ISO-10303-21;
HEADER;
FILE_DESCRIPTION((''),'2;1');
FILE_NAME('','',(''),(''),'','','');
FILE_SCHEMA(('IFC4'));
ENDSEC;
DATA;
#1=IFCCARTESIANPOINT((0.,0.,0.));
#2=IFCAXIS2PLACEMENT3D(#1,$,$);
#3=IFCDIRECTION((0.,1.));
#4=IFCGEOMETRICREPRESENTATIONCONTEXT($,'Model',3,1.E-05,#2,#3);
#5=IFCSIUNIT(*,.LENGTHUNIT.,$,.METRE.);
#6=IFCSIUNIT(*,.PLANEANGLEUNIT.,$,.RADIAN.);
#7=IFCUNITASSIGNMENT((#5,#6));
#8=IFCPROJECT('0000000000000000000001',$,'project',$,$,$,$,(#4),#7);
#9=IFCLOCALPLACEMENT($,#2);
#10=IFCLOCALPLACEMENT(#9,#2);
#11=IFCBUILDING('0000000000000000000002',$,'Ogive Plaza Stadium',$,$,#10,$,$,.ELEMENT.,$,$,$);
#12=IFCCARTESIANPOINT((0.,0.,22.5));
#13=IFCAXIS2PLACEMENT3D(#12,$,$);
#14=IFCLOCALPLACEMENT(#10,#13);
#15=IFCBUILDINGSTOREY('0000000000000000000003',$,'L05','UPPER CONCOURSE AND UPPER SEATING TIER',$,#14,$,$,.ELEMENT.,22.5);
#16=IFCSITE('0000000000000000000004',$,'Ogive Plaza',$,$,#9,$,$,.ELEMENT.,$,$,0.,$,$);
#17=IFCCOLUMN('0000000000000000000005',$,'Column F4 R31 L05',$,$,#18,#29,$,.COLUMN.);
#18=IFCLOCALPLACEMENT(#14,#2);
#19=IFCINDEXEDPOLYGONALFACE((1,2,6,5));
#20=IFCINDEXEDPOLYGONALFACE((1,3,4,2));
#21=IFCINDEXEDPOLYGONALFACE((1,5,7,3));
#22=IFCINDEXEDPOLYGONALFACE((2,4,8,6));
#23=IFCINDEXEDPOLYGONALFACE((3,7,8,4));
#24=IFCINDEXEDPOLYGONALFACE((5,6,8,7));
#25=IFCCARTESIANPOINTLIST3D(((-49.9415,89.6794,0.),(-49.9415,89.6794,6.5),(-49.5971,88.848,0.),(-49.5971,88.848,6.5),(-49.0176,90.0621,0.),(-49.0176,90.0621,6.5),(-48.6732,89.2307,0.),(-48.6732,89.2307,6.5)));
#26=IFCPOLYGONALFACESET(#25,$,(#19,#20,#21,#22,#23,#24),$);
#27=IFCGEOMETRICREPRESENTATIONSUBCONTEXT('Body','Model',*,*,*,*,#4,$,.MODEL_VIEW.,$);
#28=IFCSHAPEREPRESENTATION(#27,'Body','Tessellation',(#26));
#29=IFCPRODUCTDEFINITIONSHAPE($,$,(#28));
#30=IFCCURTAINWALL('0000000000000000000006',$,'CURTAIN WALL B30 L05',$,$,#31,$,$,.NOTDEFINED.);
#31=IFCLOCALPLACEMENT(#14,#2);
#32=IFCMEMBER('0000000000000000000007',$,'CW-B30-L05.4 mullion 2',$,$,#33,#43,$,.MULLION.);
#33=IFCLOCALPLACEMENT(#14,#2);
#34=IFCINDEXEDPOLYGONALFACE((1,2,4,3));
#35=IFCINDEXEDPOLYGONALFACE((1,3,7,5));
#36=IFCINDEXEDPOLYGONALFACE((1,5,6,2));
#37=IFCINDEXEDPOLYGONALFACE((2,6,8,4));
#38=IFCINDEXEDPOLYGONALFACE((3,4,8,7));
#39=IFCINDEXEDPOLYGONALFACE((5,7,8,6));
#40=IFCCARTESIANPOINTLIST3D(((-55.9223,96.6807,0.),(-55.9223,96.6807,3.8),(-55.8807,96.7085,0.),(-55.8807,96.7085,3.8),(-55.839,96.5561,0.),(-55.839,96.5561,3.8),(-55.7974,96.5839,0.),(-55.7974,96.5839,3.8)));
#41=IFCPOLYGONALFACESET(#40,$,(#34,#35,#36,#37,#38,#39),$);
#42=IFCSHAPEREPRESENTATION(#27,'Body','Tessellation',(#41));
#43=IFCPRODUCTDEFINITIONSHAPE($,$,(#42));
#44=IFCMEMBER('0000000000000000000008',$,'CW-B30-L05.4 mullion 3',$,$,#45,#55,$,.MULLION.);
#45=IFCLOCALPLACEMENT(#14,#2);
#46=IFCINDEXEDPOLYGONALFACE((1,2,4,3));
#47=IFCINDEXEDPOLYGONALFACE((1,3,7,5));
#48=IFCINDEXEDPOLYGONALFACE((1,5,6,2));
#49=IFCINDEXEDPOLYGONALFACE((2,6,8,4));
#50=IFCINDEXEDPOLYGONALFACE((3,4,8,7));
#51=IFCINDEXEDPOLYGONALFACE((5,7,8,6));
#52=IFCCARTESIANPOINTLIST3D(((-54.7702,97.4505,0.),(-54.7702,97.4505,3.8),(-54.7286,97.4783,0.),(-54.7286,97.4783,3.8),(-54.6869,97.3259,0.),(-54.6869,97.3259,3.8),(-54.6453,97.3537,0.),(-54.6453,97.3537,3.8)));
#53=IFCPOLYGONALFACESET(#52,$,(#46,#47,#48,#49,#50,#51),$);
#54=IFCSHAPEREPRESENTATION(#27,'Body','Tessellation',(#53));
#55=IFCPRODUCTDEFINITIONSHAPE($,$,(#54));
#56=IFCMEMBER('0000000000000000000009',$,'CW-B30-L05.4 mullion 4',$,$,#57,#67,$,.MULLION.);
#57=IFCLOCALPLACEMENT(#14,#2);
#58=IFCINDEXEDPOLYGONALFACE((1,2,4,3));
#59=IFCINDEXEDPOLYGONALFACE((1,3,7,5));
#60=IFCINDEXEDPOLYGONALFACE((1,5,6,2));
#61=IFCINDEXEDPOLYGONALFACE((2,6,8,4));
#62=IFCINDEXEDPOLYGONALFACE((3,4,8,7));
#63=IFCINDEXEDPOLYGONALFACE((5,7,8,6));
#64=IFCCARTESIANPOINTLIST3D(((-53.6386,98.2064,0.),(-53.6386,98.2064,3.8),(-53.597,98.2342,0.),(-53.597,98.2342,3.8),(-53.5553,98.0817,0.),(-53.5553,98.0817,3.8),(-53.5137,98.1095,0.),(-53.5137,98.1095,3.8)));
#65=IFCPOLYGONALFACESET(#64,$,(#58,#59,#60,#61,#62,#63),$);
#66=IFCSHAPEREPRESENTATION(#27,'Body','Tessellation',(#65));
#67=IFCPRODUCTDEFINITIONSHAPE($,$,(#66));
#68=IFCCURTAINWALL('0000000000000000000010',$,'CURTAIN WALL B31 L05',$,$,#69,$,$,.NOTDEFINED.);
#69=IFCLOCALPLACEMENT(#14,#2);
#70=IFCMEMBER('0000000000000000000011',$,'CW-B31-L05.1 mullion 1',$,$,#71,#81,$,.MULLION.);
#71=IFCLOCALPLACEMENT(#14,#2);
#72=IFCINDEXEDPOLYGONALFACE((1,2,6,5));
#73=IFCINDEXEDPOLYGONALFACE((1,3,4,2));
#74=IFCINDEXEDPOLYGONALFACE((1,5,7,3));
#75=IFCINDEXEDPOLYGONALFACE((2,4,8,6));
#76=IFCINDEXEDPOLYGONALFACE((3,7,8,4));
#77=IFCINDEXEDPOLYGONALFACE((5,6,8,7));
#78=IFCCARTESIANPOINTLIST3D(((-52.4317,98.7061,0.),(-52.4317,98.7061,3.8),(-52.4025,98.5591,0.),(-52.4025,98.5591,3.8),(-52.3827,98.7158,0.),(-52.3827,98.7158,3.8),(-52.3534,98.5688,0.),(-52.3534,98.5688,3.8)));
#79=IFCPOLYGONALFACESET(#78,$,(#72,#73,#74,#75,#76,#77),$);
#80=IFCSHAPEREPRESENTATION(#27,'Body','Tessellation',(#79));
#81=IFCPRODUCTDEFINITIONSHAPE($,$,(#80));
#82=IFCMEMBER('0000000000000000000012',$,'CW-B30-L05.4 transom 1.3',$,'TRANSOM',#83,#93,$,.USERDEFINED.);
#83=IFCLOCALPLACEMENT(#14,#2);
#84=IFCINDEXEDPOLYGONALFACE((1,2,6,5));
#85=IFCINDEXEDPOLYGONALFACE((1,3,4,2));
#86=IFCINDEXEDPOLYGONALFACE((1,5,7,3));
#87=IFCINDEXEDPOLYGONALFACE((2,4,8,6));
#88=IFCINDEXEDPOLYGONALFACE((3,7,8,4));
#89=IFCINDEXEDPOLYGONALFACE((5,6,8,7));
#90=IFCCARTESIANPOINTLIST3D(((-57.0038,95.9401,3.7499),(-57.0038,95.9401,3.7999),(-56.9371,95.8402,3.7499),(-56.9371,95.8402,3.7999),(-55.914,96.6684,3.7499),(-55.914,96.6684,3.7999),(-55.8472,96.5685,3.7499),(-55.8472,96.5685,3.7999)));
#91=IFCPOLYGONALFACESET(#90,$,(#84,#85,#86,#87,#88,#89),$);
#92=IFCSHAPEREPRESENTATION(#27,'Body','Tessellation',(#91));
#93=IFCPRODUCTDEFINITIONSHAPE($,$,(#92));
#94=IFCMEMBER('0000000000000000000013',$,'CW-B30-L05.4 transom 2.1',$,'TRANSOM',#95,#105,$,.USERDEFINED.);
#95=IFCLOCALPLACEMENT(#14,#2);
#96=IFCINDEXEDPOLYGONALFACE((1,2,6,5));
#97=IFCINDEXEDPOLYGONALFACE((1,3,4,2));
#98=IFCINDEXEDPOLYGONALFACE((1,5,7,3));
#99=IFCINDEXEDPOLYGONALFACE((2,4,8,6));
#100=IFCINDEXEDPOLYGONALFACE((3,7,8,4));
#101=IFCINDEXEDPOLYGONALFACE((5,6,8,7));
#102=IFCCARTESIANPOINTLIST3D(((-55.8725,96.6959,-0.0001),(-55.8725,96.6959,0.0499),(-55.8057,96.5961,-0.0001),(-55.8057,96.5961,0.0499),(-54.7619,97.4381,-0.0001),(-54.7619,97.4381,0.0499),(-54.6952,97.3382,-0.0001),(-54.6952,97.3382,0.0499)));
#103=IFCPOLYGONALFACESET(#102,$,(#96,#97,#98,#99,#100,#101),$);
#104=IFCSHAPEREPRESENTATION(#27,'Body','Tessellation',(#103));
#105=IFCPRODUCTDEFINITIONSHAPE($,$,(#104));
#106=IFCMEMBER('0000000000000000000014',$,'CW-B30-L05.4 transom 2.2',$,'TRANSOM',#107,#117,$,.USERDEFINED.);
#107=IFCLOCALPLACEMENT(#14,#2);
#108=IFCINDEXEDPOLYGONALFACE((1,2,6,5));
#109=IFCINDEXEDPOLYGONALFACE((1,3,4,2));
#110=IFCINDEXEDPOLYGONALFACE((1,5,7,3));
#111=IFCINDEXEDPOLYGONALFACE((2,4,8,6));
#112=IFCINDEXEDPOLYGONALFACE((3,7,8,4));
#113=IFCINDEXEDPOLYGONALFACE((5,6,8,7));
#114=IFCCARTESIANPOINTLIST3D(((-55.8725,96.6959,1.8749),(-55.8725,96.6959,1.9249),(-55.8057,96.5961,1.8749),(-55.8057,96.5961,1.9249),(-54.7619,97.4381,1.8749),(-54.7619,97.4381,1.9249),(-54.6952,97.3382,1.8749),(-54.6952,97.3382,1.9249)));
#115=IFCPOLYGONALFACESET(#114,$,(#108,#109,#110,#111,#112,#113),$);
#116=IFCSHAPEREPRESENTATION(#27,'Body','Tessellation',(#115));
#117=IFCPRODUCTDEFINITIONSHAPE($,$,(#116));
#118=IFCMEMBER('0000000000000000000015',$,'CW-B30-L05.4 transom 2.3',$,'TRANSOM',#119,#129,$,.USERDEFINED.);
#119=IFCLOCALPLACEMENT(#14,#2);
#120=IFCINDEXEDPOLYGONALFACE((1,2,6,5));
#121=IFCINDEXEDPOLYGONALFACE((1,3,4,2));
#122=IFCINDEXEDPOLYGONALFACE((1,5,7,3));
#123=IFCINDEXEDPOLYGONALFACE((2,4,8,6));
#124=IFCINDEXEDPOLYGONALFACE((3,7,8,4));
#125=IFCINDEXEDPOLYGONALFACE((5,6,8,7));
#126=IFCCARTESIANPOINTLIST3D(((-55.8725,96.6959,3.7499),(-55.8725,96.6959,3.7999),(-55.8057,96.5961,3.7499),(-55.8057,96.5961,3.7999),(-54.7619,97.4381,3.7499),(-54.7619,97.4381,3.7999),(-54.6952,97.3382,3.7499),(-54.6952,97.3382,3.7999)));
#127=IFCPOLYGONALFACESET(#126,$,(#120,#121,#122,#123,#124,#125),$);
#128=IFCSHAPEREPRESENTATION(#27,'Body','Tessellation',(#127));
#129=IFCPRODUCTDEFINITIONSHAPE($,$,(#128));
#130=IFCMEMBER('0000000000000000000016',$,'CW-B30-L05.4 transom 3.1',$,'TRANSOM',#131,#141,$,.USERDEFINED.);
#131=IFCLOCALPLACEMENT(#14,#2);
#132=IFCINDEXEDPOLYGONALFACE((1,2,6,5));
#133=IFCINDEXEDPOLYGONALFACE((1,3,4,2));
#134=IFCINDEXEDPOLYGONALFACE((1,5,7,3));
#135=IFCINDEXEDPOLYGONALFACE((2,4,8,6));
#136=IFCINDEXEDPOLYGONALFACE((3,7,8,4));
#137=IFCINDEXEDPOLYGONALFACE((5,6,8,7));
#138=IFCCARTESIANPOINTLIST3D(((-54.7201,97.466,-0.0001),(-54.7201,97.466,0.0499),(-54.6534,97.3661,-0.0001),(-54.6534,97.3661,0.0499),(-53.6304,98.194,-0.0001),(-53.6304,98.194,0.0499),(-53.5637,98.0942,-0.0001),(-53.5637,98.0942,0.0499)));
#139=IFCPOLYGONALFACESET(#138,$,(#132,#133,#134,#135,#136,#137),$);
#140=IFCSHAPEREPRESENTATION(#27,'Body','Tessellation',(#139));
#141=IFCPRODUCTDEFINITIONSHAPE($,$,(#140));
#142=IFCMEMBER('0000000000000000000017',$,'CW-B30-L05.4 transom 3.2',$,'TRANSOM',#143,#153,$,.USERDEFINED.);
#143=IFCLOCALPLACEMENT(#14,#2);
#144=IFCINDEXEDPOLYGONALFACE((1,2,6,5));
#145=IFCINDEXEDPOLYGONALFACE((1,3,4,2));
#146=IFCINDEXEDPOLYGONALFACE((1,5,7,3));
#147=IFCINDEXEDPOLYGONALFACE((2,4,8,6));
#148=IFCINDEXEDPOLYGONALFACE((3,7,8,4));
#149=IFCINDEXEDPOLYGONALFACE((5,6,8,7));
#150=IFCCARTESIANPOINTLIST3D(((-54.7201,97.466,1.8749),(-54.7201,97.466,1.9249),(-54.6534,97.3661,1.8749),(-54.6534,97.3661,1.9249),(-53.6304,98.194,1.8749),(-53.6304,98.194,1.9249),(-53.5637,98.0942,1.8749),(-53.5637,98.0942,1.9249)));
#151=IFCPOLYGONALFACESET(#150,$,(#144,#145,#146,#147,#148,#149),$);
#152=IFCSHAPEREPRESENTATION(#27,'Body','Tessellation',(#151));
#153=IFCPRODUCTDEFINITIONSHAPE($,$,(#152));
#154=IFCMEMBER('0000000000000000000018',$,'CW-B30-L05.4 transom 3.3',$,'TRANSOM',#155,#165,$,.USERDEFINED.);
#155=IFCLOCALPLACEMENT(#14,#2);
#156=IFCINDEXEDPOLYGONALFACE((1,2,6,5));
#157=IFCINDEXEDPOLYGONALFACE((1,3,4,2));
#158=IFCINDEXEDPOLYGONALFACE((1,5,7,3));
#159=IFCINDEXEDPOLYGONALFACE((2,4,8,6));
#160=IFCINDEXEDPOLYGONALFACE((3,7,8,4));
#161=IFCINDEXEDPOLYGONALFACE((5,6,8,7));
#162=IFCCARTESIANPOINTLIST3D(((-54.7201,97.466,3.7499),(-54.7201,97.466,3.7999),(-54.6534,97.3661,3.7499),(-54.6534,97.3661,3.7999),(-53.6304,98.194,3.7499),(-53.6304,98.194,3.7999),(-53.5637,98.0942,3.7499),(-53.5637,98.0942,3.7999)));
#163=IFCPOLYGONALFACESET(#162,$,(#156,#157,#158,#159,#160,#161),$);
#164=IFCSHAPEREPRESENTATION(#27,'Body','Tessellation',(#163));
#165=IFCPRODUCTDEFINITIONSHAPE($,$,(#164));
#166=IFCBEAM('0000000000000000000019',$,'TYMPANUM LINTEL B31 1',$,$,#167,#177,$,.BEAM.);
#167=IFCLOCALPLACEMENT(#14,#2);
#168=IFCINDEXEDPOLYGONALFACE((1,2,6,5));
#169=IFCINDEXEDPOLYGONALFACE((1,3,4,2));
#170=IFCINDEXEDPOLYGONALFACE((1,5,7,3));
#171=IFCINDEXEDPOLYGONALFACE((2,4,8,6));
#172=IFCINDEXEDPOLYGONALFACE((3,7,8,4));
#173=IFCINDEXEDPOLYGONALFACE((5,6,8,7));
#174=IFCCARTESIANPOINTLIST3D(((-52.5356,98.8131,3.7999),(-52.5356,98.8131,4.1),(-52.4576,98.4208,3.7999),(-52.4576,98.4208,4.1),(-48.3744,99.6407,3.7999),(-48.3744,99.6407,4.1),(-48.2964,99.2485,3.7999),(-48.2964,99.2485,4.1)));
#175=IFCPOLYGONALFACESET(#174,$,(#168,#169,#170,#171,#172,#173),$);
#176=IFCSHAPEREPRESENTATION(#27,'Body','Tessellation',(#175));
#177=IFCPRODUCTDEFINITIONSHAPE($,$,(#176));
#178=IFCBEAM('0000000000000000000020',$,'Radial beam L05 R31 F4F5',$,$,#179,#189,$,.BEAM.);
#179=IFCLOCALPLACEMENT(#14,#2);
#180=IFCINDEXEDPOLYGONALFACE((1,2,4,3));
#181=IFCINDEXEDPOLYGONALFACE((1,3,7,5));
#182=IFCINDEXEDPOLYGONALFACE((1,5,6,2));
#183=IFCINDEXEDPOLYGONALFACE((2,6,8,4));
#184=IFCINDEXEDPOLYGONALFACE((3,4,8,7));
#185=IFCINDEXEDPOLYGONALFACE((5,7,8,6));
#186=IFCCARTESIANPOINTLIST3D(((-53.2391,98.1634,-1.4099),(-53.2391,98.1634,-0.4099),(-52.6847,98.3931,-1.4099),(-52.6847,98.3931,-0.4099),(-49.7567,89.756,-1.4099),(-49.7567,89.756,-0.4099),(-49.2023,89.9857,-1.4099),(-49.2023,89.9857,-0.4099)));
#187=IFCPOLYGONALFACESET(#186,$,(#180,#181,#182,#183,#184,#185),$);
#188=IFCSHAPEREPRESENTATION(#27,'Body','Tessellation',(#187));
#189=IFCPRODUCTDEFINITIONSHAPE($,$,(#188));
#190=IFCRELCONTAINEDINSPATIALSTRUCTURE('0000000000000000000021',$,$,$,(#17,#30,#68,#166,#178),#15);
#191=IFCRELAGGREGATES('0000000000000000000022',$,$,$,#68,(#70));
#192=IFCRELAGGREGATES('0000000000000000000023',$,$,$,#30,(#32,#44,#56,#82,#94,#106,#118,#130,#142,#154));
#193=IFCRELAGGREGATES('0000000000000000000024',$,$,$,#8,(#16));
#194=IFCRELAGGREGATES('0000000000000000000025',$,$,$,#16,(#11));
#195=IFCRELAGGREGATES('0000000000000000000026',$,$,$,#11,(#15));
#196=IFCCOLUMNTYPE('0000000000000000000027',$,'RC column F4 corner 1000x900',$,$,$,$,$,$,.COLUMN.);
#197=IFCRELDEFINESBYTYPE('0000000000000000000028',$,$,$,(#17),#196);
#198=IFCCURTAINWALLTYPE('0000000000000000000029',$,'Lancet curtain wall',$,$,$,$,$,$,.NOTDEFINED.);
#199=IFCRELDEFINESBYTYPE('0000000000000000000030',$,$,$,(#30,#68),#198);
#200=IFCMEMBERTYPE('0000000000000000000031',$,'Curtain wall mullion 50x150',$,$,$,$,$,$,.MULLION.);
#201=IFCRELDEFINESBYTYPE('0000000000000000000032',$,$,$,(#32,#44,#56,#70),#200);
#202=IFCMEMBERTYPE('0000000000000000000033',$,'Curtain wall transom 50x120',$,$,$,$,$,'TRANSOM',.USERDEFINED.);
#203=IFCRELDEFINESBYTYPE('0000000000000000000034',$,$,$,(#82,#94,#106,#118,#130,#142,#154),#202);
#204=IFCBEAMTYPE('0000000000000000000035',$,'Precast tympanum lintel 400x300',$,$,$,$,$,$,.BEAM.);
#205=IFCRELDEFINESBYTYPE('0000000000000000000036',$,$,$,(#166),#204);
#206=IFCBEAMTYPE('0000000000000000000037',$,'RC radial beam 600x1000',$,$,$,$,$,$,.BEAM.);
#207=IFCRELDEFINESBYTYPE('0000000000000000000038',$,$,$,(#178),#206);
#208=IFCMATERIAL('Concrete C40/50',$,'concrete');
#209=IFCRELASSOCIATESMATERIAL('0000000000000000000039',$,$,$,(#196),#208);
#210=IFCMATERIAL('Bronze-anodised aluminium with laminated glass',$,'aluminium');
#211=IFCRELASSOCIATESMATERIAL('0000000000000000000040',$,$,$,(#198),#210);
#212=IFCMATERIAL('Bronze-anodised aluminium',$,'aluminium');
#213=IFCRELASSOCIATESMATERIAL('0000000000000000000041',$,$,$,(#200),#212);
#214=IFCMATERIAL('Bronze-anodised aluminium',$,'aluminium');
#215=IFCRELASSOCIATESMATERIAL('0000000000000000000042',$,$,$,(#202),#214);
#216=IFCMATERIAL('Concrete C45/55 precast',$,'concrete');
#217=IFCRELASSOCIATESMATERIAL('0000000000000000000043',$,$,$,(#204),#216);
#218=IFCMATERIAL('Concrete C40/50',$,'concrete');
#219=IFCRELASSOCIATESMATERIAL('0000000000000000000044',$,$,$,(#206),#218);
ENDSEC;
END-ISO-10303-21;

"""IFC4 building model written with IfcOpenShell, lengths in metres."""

from ifc_helpers import new_model, si_unit, direction, frame, origin, origin_2d, place, context, subcontext, project, spatial, rectangle, extrude, material, material_profile, profile_set, type_object, element, aggregate, save


model = new_model("IFC4")

# Units and contexts
model_context = context("Model", 3, precision=1e-05, world=origin(), true_north=direction((0.0, 1.0)))
body_context = subcontext(model_context, "Body", "Model", "MODEL_VIEW")
ifc_project = project(units=[si_unit("LENGTHUNIT", "METRE"), si_unit("PLANEANGLEUNIT", "RADIAN")], contexts=[model_context])

# Site, building, storey
site_placement = place(None, origin())
site = spatial("IfcSite", under=ifc_project, at=site_placement, Name="Ogive Plaza", CompositionType="ELEMENT", RefElevation=0.0)
building_placement = place(site_placement, origin())
building = spatial("IfcBuilding", under=site, at=building_placement, Name="Ogive Plaza Stadium", CompositionType="ELEMENT")
storey_placement = place(building_placement, frame((0.0, 0.0, 22.5)))
storey = spatial("IfcBuildingStorey", under=building, at=storey_placement, Name="L05", Description="UPPER CONCOURSE AND UPPER SEATING TIER", CompositionType="ELEMENT", Elevation=22.5)

# Column
ifc_material_1 = material(Name="Concrete C40/50", Category="concrete")
ifc_material_profile_1 = material_profile(ifc_material_1, rectangle(XDim=1.0, YDim=0.8999, at=origin_2d()), Name="RC 1000x900")
ifc_profile_set_1 = profile_set([ifc_material_profile_1], Name="Concrete C40/50")
column_type = type_object("IfcColumnType", Name="RC column F4 corner 1000x900", PredefinedType="COLUMN", material=ifc_profile_set_1)
column_placement = place(storey_placement, frame((-49.3074, 89.4551, 0.0), z_axis=(0.0, 0.0, 1.0), x_axis=(-0.92388, -0.382683, 0.0)))
element("IfcColumn", 1, at=column_placement, inside=storey, type_object=column_type, Name="Column F4 R31 L05", PredefinedType="COLUMN", context=body_context, shape_type="SweptSolid", body=[
    extrude(rectangle(XDim=1.0, YDim=0.8999, at=origin_2d()), origin(), (0.0, 0.0, 1.0), 6.5),
])

# Curtain wall, members
ifc_material_2 = material(Name="Bronze-anodised aluminium with laminated glass", Category="aluminium")
curtain_wall_type = type_object("IfcCurtainWallType", Name="Lancet curtain wall", PredefinedType="NOTDEFINED", material=ifc_material_2)
curtain_wall_1_placement = place(storey_placement, origin())
curtain_wall_1 = element("IfcCurtainWall", 2, at=curtain_wall_1_placement, inside=storey, type_object=curtain_wall_type, Name="CURTAIN WALL B30 L05", PredefinedType="NOTDEFINED")
ifc_material_3 = material(Name="Bronze-anodised aluminium", Category="aluminium")
ifc_material_profile_2 = material_profile(ifc_material_3, rectangle(XDim=0.1499, YDim=0.05, at=origin_2d()), Name="AL 150x50")
ifc_profile_set_2 = profile_set([ifc_material_profile_2], Name="Bronze-anodised aluminium")
member_type_1 = type_object("IfcMemberType", Name="Curtain wall mullion 50x150", PredefinedType="MULLION", material=ifc_profile_set_2)
member_1_placement = place(storey_placement, frame((-55.8599, 96.6323, 0.0), z_axis=(0.0, 0.0, 1.0), x_axis=(-0.55557, 0.83147, 0.0)))
member_1 = element("IfcMember", 3, at=member_1_placement, type_object=member_type_1, Name="CW-B30-L05.4 mullion 2", PredefinedType="MULLION", context=body_context, shape_type="SweptSolid", body=[
    extrude(rectangle(XDim=0.1499, YDim=0.05, at=origin_2d()), origin(), (0.0, 0.0, 1.0), 3.8),
])
member_2_placement = place(storey_placement, frame((-54.7078, 97.4021, 0.0), z_axis=(0.0, 0.0, 1.0), x_axis=(-0.55557, 0.83147, 0.0)))
member_2 = element("IfcMember", 4, at=member_2_placement, type_object=member_type_1, Name="CW-B30-L05.4 mullion 3", PredefinedType="MULLION", context=body_context, shape_type="SweptSolid", body=[
    extrude(rectangle(XDim=0.1499, YDim=0.05, at=origin_2d()), origin(), (0.0, 0.0, 1.0), 3.8),
])
member_3_placement = place(storey_placement, frame((-53.5762, 98.158, 0.0), z_axis=(0.0, 0.0, 1.0), x_axis=(-0.55557, 0.83147, 0.0)))
member_3 = element("IfcMember", 5, at=member_3_placement, type_object=member_type_1, Name="CW-B30-L05.4 mullion 4", PredefinedType="MULLION", context=body_context, shape_type="SweptSolid", body=[
    extrude(rectangle(XDim=0.1499, YDim=0.05, at=origin_2d()), origin(), (0.0, 0.0, 1.0), 3.8),
])

# Curtain wall, member
curtain_wall_2_placement = place(storey_placement, origin())
curtain_wall_2 = element("IfcCurtainWall", 6, at=curtain_wall_2_placement, inside=storey, type_object=curtain_wall_type, Name="CURTAIN WALL B31 L05", PredefinedType="NOTDEFINED")
member_4_placement = place(storey_placement, frame((-52.3926, 98.6375, 0.0), z_axis=(0.0, 0.0, 1.0), x_axis=(-0.19509, 0.980785, 0.0)))
member_4 = element("IfcMember", 7, at=member_4_placement, type_object=member_type_1, Name="CW-B31-L05.1 mullion 1", PredefinedType="MULLION", context=body_context, shape_type="SweptSolid", body=[
    extrude(rectangle(XDim=0.1499, YDim=0.05, at=origin_2d()), origin(), (0.0, 0.0, 1.0), 3.8),
])
aggregate(curtain_wall_2, [member_4])

# Members
ifc_material_4 = material(Name="Bronze-anodised aluminium", Category="aluminium")
ifc_material_profile_3 = material_profile(ifc_material_4, rectangle(XDim=0.1201, YDim=0.05, at=origin_2d()), Name="AL 120x50")
ifc_profile_set_3 = profile_set([ifc_material_profile_3], Name="Bronze-anodised aluminium")
member_type_2 = type_object("IfcMemberType", Name="Curtain wall transom 50x120", ElementType="TRANSOM", PredefinedType="USERDEFINED", material=ifc_profile_set_3)
member_5_placement = place(storey_placement, frame((-56.9705, 95.8901, 3.7749), z_axis=(0.831448, 0.555602, 0.0), x_axis=(-0.555602, 0.831448, 0.0)))
member_5 = element("IfcMember", 8, at=member_5_placement, type_object=member_type_2, Name="CW-B30-L05.4 transom 1.3", ObjectType="TRANSOM", PredefinedType="USERDEFINED", context=body_context, shape_type="SweptSolid", body=[
    extrude(rectangle(XDim=0.1201, YDim=0.05, at=origin_2d()), origin(), (0.0, 0.0, 1.0), 1.3108),
])
member_6_placement = place(storey_placement, frame((-55.8391, 96.646, 0.0249), z_axis=(0.831431, 0.555628, 0.0), x_axis=(-0.555628, 0.831431, 0.0)))
member_6 = element("IfcMember", 9, at=member_6_placement, type_object=member_type_2, Name="CW-B30-L05.4 transom 2.1", ObjectType="TRANSOM", PredefinedType="USERDEFINED", context=body_context, shape_type="SweptSolid", body=[
    extrude(rectangle(XDim=0.1201, YDim=0.05, at=origin_2d()), origin(), (0.0, 0.0, 1.0), 1.3357),
])
member_7_placement = place(storey_placement, frame((-55.8391, 96.646, 1.8999), z_axis=(0.831431, 0.555628, 0.0), x_axis=(-0.555628, 0.831431, 0.0)))
member_7 = element("IfcMember", 10, at=member_7_placement, type_object=member_type_2, Name="CW-B30-L05.4 transom 2.2", ObjectType="TRANSOM", PredefinedType="USERDEFINED", context=body_context, shape_type="SweptSolid", body=[
    extrude(rectangle(XDim=0.1201, YDim=0.05, at=origin_2d()), origin(), (0.0, 0.0, 1.0), 1.3357),
])
member_8_placement = place(storey_placement, frame((-55.8391, 96.646, 3.7749), z_axis=(0.831431, 0.555628, 0.0), x_axis=(-0.555628, 0.831431, 0.0)))
member_8 = element("IfcMember", 11, at=member_8_placement, type_object=member_type_2, Name="CW-B30-L05.4 transom 2.3", ObjectType="TRANSOM", PredefinedType="USERDEFINED", context=body_context, shape_type="SweptSolid", body=[
    extrude(rectangle(XDim=0.1201, YDim=0.05, at=origin_2d()), origin(), (0.0, 0.0, 1.0), 1.3357),
])
member_9_placement = place(storey_placement, frame((-54.6868, 97.416, 0.0249), z_axis=(0.831477, 0.55556, 0.0), x_axis=(-0.55556, 0.831477, 0.0)))
member_9 = element("IfcMember", 12, at=member_9_placement, type_object=member_type_2, Name="CW-B30-L05.4 transom 3.1", ObjectType="TRANSOM", PredefinedType="USERDEFINED", context=body_context, shape_type="SweptSolid", body=[
    extrude(rectangle(XDim=0.1201, YDim=0.05, at=origin_2d()), origin(), (0.0, 0.0, 1.0), 1.3105),
])
member_10_placement = place(storey_placement, frame((-54.6868, 97.416, 1.8999), z_axis=(0.831477, 0.55556, 0.0), x_axis=(-0.55556, 0.831477, 0.0)))
member_10 = element("IfcMember", 13, at=member_10_placement, type_object=member_type_2, Name="CW-B30-L05.4 transom 3.2", ObjectType="TRANSOM", PredefinedType="USERDEFINED", context=body_context, shape_type="SweptSolid", body=[
    extrude(rectangle(XDim=0.1201, YDim=0.05, at=origin_2d()), origin(), (0.0, 0.0, 1.0), 1.3105),
])
member_11_placement = place(storey_placement, frame((-54.6868, 97.416, 3.7749), z_axis=(0.831477, 0.55556, 0.0), x_axis=(-0.55556, 0.831477, 0.0)))
member_11 = element("IfcMember", 14, at=member_11_placement, type_object=member_type_2, Name="CW-B30-L05.4 transom 3.3", ObjectType="TRANSOM", PredefinedType="USERDEFINED", context=body_context, shape_type="SweptSolid", body=[
    extrude(rectangle(XDim=0.1201, YDim=0.05, at=origin_2d()), origin(), (0.0, 0.0, 1.0), 1.3105),
])

# Beams
ifc_material_5 = material(Name="Concrete C45/55 precast", Category="concrete")
ifc_material_profile_4 = material_profile(ifc_material_5, rectangle(XDim=0.3999, YDim=0.3, at=origin_2d()), Name="RC 400x300")
ifc_profile_set_4 = profile_set([ifc_material_profile_4], Name="Concrete C45/55 precast")
beam_type_1 = type_object("IfcBeamType", Name="Precast tympanum lintel 400x300", PredefinedType="BEAM", material=ifc_profile_set_4)
beam_1_placement = place(storey_placement, frame((-52.4966, 98.6169, 3.95), z_axis=(0.980788, 0.195076, 0.0), x_axis=(-0.195076, 0.980788, 0.0)))
element("IfcBeam", 15, at=beam_1_placement, inside=storey, type_object=beam_type_1, Name="TYMPANUM LINTEL B31 1", PredefinedType="BEAM", context=body_context, shape_type="SweptSolid", body=[
    extrude(rectangle(XDim=0.3999, YDim=0.3, at=origin_2d()), origin(), (0.0, 0.0, 1.0), 4.2427),
])
ifc_material_6 = material(Name="Concrete C40/50", Category="concrete")
ifc_material_profile_5 = material_profile(ifc_material_6, rectangle(XDim=0.6001, YDim=1.0, at=origin_2d()), Name="RC 600x1000")
ifc_profile_set_5 = profile_set([ifc_material_profile_5], Name="Concrete C40/50")
beam_type_2 = type_object("IfcBeamType", Name="RC radial beam 600x1000", PredefinedType="BEAM", material=ifc_profile_set_5)
beam_2_placement = place(storey_placement, frame((-49.4795, 89.8708, -0.9099), z_axis=(-0.382677, 0.923882, 0.0), x_axis=(-0.923882, -0.382677, 0.0)))
element("IfcBeam", 16, at=beam_2_placement, inside=storey, type_object=beam_type_2, Name="Radial beam L05 R31 F4F5", PredefinedType="BEAM", context=body_context, shape_type="SweptSolid", body=[
    extrude(rectangle(XDim=0.6001, YDim=1.0, at=origin_2d()), origin(), (0.0, 0.0, 1.0), 9.1001),
])

aggregate(curtain_wall_1, [member_1, member_2, member_3, member_5, member_6, member_7, member_8, member_9, member_10, member_11])

save(model, "model.ifc")
